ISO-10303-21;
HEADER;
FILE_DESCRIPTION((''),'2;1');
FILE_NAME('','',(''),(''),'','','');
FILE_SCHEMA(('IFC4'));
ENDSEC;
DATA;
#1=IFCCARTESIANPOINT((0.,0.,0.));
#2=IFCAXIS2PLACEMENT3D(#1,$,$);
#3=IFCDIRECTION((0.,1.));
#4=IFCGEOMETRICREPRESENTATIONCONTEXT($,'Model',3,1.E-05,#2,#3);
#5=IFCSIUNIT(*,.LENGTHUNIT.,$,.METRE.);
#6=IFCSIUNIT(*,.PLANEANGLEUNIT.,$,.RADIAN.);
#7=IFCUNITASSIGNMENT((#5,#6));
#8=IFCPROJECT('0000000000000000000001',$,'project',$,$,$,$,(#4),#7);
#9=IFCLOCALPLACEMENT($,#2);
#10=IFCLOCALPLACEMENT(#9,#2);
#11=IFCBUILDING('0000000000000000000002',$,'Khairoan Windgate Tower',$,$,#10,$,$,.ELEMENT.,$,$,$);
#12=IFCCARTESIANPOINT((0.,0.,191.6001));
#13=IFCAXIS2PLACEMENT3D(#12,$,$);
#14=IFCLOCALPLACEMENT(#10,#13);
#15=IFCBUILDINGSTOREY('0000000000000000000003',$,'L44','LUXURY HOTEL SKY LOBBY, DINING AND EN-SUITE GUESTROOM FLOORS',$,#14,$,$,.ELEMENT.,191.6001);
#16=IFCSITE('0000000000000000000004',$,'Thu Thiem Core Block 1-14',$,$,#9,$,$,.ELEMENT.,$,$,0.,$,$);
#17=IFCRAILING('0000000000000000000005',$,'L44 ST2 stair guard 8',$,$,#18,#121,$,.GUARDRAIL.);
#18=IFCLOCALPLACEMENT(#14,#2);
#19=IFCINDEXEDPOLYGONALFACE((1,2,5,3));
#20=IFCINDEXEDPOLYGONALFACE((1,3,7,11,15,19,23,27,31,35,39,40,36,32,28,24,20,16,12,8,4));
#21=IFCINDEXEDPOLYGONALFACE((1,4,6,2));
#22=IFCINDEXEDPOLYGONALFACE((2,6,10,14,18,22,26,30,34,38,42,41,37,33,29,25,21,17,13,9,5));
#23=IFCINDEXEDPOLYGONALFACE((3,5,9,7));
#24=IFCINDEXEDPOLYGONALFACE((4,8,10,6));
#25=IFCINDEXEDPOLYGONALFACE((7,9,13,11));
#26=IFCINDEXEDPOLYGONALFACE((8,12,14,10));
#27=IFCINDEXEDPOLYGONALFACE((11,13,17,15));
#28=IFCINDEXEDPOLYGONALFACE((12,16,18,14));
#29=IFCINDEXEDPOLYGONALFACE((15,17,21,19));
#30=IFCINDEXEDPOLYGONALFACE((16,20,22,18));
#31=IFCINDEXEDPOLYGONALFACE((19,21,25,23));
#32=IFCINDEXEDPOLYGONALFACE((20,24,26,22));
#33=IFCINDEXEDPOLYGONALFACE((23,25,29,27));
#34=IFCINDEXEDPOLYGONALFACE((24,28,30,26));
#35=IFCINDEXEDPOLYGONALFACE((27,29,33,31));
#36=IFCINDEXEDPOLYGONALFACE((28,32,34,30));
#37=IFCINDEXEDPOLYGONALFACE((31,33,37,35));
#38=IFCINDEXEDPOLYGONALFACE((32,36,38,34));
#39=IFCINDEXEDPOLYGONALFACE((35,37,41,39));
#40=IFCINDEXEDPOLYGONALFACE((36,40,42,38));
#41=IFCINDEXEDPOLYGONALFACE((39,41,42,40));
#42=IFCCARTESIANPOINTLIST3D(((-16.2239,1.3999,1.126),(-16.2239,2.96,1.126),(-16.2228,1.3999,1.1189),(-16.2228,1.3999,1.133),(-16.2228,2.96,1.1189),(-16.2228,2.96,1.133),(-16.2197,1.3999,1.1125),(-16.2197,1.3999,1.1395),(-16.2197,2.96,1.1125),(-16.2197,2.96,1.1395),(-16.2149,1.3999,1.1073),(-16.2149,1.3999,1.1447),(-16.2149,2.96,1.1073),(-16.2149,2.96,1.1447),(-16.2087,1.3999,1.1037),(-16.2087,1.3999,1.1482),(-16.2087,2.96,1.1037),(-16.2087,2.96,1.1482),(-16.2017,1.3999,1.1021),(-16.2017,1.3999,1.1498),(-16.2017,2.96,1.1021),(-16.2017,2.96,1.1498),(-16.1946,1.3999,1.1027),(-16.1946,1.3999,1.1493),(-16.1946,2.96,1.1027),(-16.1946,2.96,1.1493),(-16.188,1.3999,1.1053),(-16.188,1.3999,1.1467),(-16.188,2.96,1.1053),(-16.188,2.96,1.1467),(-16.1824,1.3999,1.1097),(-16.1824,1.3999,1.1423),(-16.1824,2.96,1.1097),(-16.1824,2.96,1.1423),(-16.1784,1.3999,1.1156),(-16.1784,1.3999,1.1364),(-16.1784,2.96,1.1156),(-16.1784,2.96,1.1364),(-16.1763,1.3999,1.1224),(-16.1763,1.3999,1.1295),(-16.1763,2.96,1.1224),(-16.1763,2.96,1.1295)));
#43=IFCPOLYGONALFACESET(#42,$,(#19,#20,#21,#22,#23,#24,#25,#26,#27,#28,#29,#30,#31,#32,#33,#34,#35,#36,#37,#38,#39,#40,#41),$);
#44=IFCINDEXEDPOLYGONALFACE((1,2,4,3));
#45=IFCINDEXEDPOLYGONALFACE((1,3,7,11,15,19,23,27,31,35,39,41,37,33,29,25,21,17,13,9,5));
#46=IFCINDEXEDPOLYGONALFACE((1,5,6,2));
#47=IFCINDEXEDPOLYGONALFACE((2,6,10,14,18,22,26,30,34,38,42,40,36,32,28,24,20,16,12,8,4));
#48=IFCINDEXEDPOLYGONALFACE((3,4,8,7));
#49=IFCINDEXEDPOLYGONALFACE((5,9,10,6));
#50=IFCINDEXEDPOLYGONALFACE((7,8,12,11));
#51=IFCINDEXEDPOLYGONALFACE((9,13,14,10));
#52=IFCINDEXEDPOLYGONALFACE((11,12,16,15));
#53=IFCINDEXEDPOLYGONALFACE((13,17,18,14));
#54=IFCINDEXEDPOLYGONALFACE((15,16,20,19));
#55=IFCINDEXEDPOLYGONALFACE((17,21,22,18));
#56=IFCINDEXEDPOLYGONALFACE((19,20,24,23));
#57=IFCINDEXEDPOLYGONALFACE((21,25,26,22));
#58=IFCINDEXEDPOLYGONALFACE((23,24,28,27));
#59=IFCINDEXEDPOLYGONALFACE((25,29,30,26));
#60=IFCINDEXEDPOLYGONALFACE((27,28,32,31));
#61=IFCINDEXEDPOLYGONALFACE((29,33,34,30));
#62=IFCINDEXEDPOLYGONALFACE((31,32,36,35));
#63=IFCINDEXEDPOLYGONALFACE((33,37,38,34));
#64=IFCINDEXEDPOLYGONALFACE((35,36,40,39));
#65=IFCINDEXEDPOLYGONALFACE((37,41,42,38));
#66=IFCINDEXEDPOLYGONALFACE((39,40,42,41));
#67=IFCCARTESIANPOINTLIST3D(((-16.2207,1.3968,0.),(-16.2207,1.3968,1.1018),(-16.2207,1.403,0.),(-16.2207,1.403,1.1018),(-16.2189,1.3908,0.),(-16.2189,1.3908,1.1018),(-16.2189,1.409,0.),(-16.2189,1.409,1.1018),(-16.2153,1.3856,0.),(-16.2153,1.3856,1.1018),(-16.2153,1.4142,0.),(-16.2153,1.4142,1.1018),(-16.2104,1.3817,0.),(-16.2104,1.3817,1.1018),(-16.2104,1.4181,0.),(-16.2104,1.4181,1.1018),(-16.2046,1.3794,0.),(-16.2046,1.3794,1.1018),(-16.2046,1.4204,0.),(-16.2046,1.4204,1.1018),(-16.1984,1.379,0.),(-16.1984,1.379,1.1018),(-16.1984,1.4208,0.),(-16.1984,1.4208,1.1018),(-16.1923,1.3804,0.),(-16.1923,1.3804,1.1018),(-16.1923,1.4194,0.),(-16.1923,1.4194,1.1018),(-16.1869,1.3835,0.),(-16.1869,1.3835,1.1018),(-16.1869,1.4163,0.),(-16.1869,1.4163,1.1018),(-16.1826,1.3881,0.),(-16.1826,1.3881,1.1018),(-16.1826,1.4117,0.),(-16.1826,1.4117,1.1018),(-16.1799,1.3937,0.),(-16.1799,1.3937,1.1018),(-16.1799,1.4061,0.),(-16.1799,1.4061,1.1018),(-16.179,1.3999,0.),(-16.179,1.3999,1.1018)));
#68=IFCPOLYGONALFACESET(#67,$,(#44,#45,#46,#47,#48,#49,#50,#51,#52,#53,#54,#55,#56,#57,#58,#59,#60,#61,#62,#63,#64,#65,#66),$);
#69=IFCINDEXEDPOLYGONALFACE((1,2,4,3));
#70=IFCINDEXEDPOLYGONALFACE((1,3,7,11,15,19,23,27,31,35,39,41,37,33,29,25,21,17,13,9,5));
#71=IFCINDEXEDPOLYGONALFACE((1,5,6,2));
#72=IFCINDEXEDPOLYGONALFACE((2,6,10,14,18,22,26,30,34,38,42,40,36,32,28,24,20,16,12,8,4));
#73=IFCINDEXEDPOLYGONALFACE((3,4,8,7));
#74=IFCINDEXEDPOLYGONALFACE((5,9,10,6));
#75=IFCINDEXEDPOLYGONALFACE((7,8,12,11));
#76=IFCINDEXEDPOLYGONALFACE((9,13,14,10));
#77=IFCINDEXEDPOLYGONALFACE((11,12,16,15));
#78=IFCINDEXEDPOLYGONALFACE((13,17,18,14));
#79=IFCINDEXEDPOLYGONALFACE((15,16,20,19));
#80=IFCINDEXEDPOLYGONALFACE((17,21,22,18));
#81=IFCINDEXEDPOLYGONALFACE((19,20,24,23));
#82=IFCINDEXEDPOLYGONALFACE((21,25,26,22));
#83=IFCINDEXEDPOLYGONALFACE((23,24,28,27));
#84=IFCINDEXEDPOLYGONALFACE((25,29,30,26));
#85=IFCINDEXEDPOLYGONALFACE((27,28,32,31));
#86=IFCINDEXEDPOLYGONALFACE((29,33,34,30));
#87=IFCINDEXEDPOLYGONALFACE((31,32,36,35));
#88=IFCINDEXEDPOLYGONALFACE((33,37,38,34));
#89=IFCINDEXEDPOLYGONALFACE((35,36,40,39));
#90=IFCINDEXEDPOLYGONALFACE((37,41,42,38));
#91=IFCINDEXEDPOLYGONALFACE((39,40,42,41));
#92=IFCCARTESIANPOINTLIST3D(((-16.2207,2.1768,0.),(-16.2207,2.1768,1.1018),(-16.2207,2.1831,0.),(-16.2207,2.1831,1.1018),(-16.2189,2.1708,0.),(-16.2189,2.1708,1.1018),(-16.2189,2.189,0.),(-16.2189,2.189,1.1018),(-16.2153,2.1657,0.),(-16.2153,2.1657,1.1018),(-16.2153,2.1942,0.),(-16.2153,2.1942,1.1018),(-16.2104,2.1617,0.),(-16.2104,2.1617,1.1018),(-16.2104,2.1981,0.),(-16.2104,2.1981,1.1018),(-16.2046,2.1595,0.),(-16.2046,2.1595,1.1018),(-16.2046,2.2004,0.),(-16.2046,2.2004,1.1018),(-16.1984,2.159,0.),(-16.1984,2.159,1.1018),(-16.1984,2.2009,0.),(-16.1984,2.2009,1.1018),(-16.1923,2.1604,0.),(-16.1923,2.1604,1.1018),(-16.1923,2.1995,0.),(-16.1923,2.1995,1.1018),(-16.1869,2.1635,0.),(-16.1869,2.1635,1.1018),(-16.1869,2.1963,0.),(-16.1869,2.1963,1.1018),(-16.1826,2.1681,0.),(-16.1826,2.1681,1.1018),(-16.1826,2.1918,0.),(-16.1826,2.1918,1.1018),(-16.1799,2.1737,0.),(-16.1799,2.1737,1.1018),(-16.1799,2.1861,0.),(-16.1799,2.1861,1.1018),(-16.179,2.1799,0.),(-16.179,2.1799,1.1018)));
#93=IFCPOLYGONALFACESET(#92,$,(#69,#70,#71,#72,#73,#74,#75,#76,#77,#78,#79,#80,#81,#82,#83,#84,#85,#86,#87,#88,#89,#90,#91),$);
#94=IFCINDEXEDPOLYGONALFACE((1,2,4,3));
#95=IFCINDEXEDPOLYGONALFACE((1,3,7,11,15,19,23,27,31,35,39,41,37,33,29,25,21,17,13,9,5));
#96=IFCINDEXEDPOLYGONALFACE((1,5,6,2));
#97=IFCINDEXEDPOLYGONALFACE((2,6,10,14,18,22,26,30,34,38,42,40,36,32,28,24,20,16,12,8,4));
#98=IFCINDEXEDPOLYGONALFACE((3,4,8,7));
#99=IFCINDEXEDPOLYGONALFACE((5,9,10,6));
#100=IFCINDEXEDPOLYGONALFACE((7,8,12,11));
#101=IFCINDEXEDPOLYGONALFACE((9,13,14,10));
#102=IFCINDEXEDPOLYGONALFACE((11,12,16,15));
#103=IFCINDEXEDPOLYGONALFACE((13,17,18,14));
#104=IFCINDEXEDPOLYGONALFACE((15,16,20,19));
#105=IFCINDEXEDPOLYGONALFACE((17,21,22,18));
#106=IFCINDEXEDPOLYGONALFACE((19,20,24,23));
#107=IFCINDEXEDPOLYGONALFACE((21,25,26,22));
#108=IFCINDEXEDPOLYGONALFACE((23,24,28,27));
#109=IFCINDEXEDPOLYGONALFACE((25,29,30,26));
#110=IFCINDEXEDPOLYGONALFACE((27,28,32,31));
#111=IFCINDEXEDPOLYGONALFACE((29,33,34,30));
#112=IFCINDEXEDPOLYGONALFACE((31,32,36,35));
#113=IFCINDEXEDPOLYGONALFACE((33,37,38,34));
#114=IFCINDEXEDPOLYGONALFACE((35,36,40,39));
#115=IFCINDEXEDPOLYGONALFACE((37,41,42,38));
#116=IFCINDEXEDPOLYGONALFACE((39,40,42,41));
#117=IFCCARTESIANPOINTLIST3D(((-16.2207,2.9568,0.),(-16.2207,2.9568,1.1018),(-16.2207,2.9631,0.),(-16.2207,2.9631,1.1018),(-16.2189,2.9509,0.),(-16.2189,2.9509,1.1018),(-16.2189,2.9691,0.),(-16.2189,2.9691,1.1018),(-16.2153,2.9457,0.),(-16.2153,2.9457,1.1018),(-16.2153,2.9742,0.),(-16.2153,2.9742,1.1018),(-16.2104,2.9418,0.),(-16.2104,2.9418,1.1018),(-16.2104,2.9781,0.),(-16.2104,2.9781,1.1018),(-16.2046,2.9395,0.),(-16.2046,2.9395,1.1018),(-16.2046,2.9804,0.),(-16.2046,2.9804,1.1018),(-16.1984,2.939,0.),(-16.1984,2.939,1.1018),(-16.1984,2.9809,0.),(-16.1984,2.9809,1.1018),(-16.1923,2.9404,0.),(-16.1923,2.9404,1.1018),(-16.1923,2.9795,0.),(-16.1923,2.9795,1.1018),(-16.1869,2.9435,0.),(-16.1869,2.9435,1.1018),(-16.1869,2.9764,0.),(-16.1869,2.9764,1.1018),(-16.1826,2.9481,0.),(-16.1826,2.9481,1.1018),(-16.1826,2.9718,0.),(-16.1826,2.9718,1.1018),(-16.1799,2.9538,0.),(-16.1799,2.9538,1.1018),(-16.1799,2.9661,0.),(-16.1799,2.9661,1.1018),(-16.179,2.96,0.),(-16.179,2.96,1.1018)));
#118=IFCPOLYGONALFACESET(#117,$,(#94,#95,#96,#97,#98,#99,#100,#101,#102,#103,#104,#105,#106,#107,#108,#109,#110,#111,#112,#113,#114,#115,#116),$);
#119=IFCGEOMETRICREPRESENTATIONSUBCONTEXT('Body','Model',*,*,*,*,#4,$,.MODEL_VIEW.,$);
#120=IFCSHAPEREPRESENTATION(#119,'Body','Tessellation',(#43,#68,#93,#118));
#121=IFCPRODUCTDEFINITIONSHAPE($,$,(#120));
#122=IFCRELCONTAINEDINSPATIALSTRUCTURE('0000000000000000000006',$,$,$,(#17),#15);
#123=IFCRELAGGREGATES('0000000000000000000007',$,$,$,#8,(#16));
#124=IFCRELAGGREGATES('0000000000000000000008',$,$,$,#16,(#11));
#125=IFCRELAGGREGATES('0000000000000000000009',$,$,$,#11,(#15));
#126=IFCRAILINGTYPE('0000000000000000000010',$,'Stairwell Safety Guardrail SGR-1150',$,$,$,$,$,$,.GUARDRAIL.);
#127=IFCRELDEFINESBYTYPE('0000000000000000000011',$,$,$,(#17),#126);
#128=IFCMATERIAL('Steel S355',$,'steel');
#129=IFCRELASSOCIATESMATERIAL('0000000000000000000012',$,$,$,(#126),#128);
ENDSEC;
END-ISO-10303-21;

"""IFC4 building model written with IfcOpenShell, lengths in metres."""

from ifc_helpers import new_model, si_unit, direction, frame, origin, origin_2d, place, context, subcontext, project, spatial, circle, extrude, material, type_object, element, save


model = new_model("IFC4")

# Units and contexts
model_context = context("Model", 3, precision=1e-05, world=origin(), true_north=direction((0.0, 1.0)))
body_context = subcontext(model_context, "Body", "Model", "MODEL_VIEW")
ifc_project = project(units=[si_unit("LENGTHUNIT", "METRE"), si_unit("PLANEANGLEUNIT", "RADIAN")], contexts=[model_context])

# Site, building, storey
site_placement = place(None, origin())
site = spatial("IfcSite", under=ifc_project, at=site_placement, Name="Thu Thiem Core Block 1-14", CompositionType="ELEMENT", RefElevation=0.0)
building_placement = place(site_placement, origin())
building = spatial("IfcBuilding", under=site, at=building_placement, Name="Khairoan Windgate Tower", CompositionType="ELEMENT")
storey_placement = place(building_placement, frame((0.0, 0.0, 191.6001)))
storey = spatial("IfcBuildingStorey", under=building, at=storey_placement, Name="L44", Description="LUXURY HOTEL SKY LOBBY, DINING AND EN-SUITE GUESTROOM FLOORS", CompositionType="ELEMENT", Elevation=191.6001)

# Railing
ifc_material_1 = material(Name="Steel S355", Category="steel")
railing_type_1 = type_object("IfcRailingType", Name="Stairwell Safety Guardrail SGR-1150", PredefinedType="GUARDRAIL", material=ifc_material_1)
railing_1_placement = place(storey_placement, frame((-16.2, 1.3999, 0.0)))
element("IfcRailing", 1, at=railing_1_placement, inside=storey, type_object=railing_type_1, Name="L44 ST2 stair guard 8", PredefinedType="GUARDRAIL", context=body_context, shape_type="SweptSolid", body=[
    extrude(circle(Radius=0.0239, at=origin_2d()), frame((0.0, 0.0, 1.126), z_axis=(0.0, 1.0, 0.0), x_axis=(-1.0, 0.0, 0.0)), (0.0, 0.0, 1.0), 1.5601),
    extrude(circle(Radius=0.021, at=origin_2d()), origin(), (0.0, 0.0, 1.0), 1.1018),
    extrude(circle(Radius=0.021, at=origin_2d()), frame((0.0, 0.78, 0.0)), (0.0, 0.0, 1.0), 1.1018),
    extrude(circle(Radius=0.021, at=origin_2d()), frame((0.0, 1.5601, 0.0)), (0.0, 0.0, 1.0), 1.1018),
])

save(model, "model.ifc")
